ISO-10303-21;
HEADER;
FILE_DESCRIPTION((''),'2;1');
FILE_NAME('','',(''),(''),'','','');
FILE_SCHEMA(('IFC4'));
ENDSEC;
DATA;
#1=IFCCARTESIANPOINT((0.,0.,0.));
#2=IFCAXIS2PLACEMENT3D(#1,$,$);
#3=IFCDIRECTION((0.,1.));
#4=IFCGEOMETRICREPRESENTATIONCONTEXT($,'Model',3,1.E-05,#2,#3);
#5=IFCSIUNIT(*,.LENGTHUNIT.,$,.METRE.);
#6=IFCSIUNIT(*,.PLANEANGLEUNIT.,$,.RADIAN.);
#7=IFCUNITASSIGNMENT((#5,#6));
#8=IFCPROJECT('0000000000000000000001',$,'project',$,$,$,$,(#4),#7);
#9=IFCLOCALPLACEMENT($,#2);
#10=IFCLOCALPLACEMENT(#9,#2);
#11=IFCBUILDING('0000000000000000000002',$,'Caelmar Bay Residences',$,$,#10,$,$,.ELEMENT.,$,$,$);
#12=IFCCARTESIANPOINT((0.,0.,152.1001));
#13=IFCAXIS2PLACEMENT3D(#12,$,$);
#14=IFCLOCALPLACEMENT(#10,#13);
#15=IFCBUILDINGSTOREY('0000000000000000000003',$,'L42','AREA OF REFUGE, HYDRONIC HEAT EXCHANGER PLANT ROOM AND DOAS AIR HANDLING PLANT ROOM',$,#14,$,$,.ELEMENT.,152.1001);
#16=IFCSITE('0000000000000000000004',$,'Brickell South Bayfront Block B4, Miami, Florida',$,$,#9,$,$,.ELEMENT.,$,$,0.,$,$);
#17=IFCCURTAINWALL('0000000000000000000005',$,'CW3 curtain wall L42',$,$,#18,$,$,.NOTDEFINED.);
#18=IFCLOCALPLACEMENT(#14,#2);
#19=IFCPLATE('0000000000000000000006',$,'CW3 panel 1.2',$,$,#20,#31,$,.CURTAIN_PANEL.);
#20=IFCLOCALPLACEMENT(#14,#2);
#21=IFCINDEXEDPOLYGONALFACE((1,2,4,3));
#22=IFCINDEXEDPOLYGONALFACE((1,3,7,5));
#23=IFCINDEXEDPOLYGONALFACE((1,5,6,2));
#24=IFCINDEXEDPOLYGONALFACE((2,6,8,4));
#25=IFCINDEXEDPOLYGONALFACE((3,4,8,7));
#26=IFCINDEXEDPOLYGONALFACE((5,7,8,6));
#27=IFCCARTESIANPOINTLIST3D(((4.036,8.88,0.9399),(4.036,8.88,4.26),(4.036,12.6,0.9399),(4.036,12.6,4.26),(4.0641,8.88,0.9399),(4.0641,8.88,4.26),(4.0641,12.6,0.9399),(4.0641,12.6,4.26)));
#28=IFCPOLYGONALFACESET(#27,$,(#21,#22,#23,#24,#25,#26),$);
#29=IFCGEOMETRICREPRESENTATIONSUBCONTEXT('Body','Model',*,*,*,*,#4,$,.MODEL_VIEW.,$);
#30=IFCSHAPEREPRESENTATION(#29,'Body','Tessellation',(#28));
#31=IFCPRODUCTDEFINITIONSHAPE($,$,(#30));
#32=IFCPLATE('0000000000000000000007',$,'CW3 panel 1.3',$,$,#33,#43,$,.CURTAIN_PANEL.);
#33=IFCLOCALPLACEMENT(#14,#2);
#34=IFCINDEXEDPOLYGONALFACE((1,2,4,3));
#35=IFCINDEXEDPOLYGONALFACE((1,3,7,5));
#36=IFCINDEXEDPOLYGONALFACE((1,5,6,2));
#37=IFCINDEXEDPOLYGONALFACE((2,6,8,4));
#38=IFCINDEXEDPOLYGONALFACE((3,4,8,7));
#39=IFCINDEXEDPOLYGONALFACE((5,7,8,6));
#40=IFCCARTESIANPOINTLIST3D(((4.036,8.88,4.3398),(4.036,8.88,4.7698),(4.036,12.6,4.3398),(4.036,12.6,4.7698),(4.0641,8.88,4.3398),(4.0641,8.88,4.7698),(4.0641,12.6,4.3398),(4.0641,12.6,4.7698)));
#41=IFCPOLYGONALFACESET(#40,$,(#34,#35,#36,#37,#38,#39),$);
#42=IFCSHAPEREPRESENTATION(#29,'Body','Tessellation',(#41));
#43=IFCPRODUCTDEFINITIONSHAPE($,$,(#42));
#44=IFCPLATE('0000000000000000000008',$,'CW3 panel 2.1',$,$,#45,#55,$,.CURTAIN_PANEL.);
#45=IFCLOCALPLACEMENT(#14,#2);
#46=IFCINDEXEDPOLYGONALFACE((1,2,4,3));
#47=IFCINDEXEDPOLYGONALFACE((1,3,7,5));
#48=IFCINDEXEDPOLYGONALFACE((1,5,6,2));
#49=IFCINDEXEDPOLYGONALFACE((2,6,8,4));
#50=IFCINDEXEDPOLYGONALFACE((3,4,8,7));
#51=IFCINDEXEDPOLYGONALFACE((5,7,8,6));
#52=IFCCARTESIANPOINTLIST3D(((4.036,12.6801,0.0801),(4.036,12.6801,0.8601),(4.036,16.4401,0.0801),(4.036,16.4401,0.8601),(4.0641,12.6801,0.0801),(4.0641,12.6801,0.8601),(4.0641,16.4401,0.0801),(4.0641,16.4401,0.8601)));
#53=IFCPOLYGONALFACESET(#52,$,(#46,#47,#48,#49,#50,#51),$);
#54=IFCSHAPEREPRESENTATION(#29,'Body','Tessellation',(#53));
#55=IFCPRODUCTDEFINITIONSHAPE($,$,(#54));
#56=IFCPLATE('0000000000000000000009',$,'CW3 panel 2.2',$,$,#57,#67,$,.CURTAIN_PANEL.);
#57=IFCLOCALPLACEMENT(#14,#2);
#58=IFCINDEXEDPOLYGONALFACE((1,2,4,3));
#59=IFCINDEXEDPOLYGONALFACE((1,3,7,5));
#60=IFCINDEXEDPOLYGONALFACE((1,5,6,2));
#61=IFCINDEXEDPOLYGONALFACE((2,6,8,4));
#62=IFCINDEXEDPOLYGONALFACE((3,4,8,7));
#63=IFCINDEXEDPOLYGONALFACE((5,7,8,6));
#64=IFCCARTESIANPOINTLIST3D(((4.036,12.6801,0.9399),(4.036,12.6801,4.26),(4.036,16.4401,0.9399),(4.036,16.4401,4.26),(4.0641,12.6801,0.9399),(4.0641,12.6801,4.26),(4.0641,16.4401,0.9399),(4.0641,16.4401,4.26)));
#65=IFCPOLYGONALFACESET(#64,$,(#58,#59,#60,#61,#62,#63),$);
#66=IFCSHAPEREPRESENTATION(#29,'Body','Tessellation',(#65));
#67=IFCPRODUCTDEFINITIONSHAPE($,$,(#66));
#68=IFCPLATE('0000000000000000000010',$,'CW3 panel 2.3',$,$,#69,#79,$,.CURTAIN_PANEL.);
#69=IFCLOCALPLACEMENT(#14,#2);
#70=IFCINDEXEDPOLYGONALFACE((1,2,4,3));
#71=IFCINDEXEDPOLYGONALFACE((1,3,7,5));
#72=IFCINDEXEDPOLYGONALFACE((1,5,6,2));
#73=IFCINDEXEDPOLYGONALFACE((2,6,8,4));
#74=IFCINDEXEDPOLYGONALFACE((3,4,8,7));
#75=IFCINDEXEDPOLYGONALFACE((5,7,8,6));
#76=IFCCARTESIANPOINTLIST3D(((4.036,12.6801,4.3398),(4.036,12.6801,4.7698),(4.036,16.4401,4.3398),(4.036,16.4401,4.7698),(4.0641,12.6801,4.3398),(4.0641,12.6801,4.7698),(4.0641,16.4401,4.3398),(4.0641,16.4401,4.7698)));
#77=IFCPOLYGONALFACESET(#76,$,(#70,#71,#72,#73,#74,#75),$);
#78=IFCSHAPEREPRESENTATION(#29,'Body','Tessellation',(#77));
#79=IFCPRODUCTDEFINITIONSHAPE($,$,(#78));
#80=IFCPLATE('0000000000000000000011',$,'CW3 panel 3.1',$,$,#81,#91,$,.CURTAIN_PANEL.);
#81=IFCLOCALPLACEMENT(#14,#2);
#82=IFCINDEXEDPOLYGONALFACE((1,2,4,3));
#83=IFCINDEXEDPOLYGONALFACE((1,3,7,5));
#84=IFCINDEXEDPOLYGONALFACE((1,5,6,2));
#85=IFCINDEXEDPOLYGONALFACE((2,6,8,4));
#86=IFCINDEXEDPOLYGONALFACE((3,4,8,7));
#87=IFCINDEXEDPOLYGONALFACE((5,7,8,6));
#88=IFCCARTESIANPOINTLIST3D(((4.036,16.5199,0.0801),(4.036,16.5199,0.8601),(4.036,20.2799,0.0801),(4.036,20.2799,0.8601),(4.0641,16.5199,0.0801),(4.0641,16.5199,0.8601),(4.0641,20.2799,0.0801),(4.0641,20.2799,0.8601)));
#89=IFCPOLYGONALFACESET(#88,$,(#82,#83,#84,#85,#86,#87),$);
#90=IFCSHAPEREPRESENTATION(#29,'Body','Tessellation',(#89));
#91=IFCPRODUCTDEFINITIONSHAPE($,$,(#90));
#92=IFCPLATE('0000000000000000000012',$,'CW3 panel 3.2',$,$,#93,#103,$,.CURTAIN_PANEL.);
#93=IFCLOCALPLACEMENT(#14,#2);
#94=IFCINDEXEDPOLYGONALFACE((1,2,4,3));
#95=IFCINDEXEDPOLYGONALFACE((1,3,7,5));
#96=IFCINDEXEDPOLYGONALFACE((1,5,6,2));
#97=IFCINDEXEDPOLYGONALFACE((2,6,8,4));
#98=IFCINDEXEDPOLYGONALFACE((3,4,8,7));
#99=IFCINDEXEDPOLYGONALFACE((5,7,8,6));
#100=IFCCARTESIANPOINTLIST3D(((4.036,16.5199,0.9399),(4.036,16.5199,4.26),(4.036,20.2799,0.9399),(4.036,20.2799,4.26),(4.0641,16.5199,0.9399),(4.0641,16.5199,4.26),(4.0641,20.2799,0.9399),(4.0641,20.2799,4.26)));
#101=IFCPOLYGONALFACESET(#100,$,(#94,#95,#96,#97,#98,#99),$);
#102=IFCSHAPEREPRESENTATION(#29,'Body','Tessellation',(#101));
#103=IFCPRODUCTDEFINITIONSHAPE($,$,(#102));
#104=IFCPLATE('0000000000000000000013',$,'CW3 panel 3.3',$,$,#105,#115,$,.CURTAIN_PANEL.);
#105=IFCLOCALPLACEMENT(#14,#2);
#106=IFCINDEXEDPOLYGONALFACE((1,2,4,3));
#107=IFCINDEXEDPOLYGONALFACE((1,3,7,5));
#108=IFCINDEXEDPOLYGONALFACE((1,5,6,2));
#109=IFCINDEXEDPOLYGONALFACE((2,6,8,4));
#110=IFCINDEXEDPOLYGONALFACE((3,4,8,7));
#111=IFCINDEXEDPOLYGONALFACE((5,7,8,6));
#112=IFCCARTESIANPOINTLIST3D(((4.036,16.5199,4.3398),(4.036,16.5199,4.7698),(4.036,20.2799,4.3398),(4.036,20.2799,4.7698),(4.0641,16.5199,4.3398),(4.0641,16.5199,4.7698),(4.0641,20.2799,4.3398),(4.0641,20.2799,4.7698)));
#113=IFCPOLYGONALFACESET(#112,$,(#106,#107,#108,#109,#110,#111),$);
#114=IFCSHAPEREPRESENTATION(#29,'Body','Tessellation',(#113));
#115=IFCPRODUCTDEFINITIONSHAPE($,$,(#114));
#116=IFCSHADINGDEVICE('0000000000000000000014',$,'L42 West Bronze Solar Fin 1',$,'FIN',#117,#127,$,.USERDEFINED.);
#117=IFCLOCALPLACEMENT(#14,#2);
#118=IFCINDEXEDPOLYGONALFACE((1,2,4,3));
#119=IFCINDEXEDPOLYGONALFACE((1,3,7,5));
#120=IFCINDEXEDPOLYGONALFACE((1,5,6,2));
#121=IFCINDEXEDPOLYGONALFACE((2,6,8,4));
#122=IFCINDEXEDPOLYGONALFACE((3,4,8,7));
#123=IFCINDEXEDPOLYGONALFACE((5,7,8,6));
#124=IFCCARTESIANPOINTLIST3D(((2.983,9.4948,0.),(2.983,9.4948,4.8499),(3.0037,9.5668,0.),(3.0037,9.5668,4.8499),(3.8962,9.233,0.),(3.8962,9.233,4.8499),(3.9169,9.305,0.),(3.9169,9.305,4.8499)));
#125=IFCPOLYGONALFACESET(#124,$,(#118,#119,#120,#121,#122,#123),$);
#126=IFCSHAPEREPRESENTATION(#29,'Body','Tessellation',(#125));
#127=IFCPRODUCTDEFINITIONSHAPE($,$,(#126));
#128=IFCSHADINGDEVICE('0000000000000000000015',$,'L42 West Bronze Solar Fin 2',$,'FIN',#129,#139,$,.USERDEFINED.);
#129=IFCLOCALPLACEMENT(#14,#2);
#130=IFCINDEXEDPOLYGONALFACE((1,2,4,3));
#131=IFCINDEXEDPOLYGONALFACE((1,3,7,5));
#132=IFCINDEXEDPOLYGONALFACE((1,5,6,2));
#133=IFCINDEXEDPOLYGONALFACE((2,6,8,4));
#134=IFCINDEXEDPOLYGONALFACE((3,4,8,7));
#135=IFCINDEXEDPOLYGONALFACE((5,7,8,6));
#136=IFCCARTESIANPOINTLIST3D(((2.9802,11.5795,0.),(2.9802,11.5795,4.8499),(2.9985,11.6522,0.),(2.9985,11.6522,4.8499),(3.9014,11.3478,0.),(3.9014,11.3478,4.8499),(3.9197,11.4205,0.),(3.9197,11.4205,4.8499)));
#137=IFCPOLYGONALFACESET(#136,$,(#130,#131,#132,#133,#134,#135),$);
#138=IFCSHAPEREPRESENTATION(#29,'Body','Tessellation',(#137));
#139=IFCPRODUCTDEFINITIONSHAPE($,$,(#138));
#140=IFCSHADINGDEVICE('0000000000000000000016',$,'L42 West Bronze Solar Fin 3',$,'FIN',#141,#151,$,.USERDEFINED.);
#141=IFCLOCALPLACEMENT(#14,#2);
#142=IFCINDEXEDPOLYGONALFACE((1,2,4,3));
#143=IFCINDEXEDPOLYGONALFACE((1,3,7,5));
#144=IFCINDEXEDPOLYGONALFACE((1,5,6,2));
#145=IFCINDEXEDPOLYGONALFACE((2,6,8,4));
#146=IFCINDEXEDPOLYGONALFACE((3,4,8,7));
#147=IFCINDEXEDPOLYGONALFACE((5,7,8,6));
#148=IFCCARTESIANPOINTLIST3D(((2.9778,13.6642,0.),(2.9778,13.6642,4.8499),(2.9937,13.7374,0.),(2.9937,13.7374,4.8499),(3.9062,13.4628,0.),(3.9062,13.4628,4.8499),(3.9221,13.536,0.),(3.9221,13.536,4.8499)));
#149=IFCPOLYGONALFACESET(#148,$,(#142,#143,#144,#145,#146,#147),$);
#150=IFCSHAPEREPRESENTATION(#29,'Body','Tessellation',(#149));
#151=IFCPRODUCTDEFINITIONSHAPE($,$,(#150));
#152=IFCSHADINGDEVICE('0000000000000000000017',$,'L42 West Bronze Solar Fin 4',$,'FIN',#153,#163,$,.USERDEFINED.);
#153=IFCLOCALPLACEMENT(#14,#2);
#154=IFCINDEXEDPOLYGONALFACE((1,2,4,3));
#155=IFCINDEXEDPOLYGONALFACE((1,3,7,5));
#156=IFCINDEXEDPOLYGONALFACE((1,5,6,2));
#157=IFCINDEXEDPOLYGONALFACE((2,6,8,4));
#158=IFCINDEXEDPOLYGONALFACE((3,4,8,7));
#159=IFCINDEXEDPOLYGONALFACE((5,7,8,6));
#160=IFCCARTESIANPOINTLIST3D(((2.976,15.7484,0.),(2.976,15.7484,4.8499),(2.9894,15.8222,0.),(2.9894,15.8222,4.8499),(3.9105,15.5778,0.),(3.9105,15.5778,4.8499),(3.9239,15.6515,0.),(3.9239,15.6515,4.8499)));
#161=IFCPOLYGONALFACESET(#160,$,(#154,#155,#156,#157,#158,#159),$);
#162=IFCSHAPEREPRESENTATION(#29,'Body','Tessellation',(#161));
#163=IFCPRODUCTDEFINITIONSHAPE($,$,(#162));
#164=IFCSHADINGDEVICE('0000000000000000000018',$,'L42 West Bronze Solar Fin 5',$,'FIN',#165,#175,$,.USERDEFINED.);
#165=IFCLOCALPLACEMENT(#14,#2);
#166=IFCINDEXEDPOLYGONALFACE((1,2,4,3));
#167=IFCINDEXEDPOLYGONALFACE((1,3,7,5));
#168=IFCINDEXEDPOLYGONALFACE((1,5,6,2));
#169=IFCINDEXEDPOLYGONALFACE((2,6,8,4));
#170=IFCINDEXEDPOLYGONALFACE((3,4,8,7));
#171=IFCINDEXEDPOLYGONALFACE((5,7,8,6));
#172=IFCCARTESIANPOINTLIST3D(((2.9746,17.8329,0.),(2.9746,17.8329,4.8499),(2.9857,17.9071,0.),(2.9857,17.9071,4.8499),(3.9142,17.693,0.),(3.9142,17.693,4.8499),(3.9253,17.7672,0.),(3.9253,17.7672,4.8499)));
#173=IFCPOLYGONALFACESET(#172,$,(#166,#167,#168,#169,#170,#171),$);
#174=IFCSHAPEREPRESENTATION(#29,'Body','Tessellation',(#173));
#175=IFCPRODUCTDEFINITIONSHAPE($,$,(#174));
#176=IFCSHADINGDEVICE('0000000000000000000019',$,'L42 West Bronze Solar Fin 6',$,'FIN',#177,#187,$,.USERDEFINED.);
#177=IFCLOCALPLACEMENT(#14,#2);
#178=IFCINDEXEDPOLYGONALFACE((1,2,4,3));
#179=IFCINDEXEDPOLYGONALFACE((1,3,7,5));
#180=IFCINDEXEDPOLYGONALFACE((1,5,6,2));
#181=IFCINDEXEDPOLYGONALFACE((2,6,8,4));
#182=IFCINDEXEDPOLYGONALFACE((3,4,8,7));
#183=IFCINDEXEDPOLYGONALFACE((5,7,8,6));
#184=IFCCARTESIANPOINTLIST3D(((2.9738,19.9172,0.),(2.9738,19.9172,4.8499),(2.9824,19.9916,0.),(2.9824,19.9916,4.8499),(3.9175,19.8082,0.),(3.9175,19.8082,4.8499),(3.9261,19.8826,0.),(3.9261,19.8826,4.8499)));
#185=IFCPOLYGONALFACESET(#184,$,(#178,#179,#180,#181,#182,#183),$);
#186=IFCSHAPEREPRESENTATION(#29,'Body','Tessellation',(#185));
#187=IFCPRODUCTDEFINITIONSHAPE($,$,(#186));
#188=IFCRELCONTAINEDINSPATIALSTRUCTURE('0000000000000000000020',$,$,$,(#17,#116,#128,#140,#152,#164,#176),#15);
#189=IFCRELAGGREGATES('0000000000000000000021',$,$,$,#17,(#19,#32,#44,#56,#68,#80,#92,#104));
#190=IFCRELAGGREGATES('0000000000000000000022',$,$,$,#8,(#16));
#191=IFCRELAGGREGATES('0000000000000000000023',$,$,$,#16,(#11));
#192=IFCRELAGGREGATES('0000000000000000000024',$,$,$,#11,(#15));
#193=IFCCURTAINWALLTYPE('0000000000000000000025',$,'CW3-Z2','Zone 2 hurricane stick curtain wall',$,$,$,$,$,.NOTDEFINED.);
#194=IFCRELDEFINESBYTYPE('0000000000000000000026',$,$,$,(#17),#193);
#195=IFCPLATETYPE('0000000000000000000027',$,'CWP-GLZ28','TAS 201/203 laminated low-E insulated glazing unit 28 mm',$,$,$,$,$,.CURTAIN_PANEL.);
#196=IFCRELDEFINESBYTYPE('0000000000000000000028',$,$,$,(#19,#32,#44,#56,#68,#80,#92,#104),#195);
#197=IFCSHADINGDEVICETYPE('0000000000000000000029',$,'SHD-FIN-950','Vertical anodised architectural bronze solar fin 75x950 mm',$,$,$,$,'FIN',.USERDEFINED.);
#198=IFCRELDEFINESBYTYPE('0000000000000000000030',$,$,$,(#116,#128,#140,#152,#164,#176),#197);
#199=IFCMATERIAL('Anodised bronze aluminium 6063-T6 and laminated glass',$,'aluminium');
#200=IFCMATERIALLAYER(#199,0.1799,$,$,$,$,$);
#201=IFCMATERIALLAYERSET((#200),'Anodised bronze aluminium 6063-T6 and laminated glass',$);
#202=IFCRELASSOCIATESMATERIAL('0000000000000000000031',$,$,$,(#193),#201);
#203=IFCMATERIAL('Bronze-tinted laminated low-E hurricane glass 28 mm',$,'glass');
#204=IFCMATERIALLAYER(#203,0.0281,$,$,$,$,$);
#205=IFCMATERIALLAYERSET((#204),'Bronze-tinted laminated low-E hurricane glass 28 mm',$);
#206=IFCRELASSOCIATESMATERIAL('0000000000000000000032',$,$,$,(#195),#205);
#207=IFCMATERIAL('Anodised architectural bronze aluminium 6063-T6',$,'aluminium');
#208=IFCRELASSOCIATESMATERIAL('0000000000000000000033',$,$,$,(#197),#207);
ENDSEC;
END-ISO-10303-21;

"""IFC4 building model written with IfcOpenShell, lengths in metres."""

from ifc_helpers import new_model, si_unit, direction, frame, origin, origin_2d, place, context, subcontext, project, spatial, rectangle, extrude, material, layer, layer_set, material_profile, profile_set, type_object, element, aggregate, save


model = new_model("IFC4")

# Units and contexts
model_context = context("Model", 3, precision=1e-05, world=origin(), true_north=direction((0.0, 1.0)))
body_context = subcontext(model_context, "Body", "Model", "MODEL_VIEW")
ifc_project = project(units=[si_unit("LENGTHUNIT", "METRE"), si_unit("PLANEANGLEUNIT", "RADIAN")], contexts=[model_context])

# Site, building, storey
site_placement = place(None, origin())
site = spatial("IfcSite", under=ifc_project, at=site_placement, Name="Brickell South Bayfront Block B4, Miami, Florida", CompositionType="ELEMENT", RefElevation=0.0)
building_placement = place(site_placement, origin())
building = spatial("IfcBuilding", under=site, at=building_placement, Name="Caelmar Bay Residences", CompositionType="ELEMENT")
storey_placement = place(building_placement, frame((0.0, 0.0, 152.1001)))
storey = spatial("IfcBuildingStorey", under=building, at=storey_placement, Name="L42", Description="AREA OF REFUGE, HYDRONIC HEAT EXCHANGER PLANT ROOM AND DOAS AIR HANDLING PLANT ROOM", CompositionType="ELEMENT", Elevation=152.1001)

# Curtain wall, plates
ifc_material_1 = material(Name="Anodised bronze aluminium 6063-T6 and laminated glass", Category="aluminium")
ifc_layer_1 = layer(ifc_material_1, 0.1799)
ifc_layer_set_1 = layer_set([ifc_layer_1], Name="Anodised bronze aluminium 6063-T6 and laminated glass")
curtain_wall_type = type_object("IfcCurtainWallType", Name="CW3-Z2", Description="Zone 2 hurricane stick curtain wall", PredefinedType="NOTDEFINED", material=ifc_layer_set_1)
curtain_wall_placement = place(storey_placement, origin())
curtain_wall = element("IfcCurtainWall", 1, at=curtain_wall_placement, inside=storey, type_object=curtain_wall_type, Name="CW3 curtain wall L42", PredefinedType="NOTDEFINED")
ifc_material_2 = material(Name="Bronze-tinted laminated low-E hurricane glass 28 mm", Category="glass")
ifc_layer_2 = layer(ifc_material_2, 0.0281)
ifc_layer_set_2 = layer_set([ifc_layer_2], Name="Bronze-tinted laminated low-E hurricane glass 28 mm")
plate_type = type_object("IfcPlateType", Name="CWP-GLZ28", Description="TAS 201/203 laminated low-E insulated glazing unit 28 mm", PredefinedType="CURTAIN_PANEL", material=ifc_layer_set_2)
plate_1_placement = place(storey_placement, frame((4.05, 10.74, 0.9399), z_axis=(0.0, 0.0, 1.0), x_axis=(0.0, 1.0, 0.0)))
plate_1 = element("IfcPlate", 2, at=plate_1_placement, type_object=plate_type, Name="CW3 panel 1.2", PredefinedType="CURTAIN_PANEL", context=body_context, shape_type="SweptSolid", body=[
    extrude(rectangle(XDim=3.72, YDim=0.0281, at=origin_2d()), origin(), (0.0, 0.0, 1.0), 3.3201),
])
plate_2_placement = place(storey_placement, frame((4.05, 10.74, 4.3398), z_axis=(0.0, 0.0, 1.0), x_axis=(0.0, 1.0, 0.0)))
plate_2 = element("IfcPlate", 3, at=plate_2_placement, type_object=plate_type, Name="CW3 panel 1.3", PredefinedType="CURTAIN_PANEL", context=body_context, shape_type="SweptSolid", body=[
    extrude(rectangle(XDim=3.72, YDim=0.0281, at=origin_2d()), origin(), (0.0, 0.0, 1.0), 0.4299),
])
plate_3_placement = place(storey_placement, frame((4.05, 14.5601, 0.0801), z_axis=(0.0, 0.0, 1.0), x_axis=(0.0, 1.0, 0.0)))
plate_3 = element("IfcPlate", 4, at=plate_3_placement, type_object=plate_type, Name="CW3 panel 2.1", PredefinedType="CURTAIN_PANEL", context=body_context, shape_type="SweptSolid", body=[
    extrude(rectangle(XDim=3.76, YDim=0.0281, at=origin_2d()), origin(), (0.0, 0.0, 1.0), 0.78),
])
plate_4_placement = place(storey_placement, frame((4.05, 14.5601, 0.9399), z_axis=(0.0, 0.0, 1.0), x_axis=(0.0, 1.0, 0.0)))
plate_4 = element("IfcPlate", 5, at=plate_4_placement, type_object=plate_type, Name="CW3 panel 2.2", PredefinedType="CURTAIN_PANEL", context=body_context, shape_type="SweptSolid", body=[
    extrude(rectangle(XDim=3.76, YDim=0.0281, at=origin_2d()), origin(), (0.0, 0.0, 1.0), 3.3201),
])
plate_5_placement = place(storey_placement, frame((4.05, 14.5601, 4.3398), z_axis=(0.0, 0.0, 1.0), x_axis=(0.0, 1.0, 0.0)))
plate_5 = element("IfcPlate", 6, at=plate_5_placement, type_object=plate_type, Name="CW3 panel 2.3", PredefinedType="CURTAIN_PANEL", context=body_context, shape_type="SweptSolid", body=[
    extrude(rectangle(XDim=3.76, YDim=0.0281, at=origin_2d()), origin(), (0.0, 0.0, 1.0), 0.4299),
])
plate_6_placement = place(storey_placement, frame((4.05, 18.3999, 0.0801), z_axis=(0.0, 0.0, 1.0), x_axis=(0.0, 1.0, 0.0)))
plate_6 = element("IfcPlate", 7, at=plate_6_placement, type_object=plate_type, Name="CW3 panel 3.1", PredefinedType="CURTAIN_PANEL", context=body_context, shape_type="SweptSolid", body=[
    extrude(rectangle(XDim=3.76, YDim=0.0281, at=origin_2d()), origin(), (0.0, 0.0, 1.0), 0.78),
])
plate_7_placement = place(storey_placement, frame((4.05, 18.3999, 0.9399), z_axis=(0.0, 0.0, 1.0), x_axis=(0.0, 1.0, 0.0)))
plate_7 = element("IfcPlate", 8, at=plate_7_placement, type_object=plate_type, Name="CW3 panel 3.2", PredefinedType="CURTAIN_PANEL", context=body_context, shape_type="SweptSolid", body=[
    extrude(rectangle(XDim=3.76, YDim=0.0281, at=origin_2d()), origin(), (0.0, 0.0, 1.0), 3.3201),
])
plate_8_placement = place(storey_placement, frame((4.05, 18.3999, 4.3398), z_axis=(0.0, 0.0, 1.0), x_axis=(0.0, 1.0, 0.0)))
plate_8 = element("IfcPlate", 9, at=plate_8_placement, type_object=plate_type, Name="CW3 panel 3.3", PredefinedType="CURTAIN_PANEL", context=body_context, shape_type="SweptSolid", body=[
    extrude(rectangle(XDim=3.76, YDim=0.0281, at=origin_2d()), origin(), (0.0, 0.0, 1.0), 0.4299),
])
aggregate(curtain_wall, [plate_1, plate_2, plate_3, plate_4, plate_5, plate_6, plate_7, plate_8])

# Shading devices
ifc_material_3 = material(Name="Anodised architectural bronze aluminium 6063-T6", Category="aluminium")
ifc_material_profile_1 = material_profile(ifc_material_3, rectangle(XDim=0.075, YDim=0.95, at=origin_2d()), Name="BRONZE-FIN-75X950")
ifc_profile_set_1 = profile_set([ifc_material_profile_1], Name="Anodised architectural bronze aluminium 6063-T6")
shading_device_type = type_object("IfcShadingDeviceType", Name="SHD-FIN-950", Description="Vertical anodised architectural bronze solar fin 75x950 mm", ElementType="FIN", PredefinedType="USERDEFINED", material=ifc_profile_set_1)
for number, where, z_axis, x_axis, name in (
    (10, (3.45, 9.3999, 0.0), (0.0, 0.0, 1.0), (0.275637, 0.961262, 0.0), "L42 West Bronze Solar Fin 1"),
    (11, (3.45, 11.5, 0.0), (0.0, 0.0, 1.0), (0.243954, 0.969787, 0.0), "L42 West Bronze Solar Fin 2"),
    (12, (3.45, 13.6001, 0.0), (0.0, 0.0, 1.0), (0.212007, 0.977268, 0.0), "L42 West Bronze Solar Fin 3"),
    (13, (3.45, 15.7, 0.0), (0.0, 0.0, 1.0), (0.179661, 0.983729, 0.0), "L42 West Bronze Solar Fin 4"),
    (14, (3.45, 17.8, 0.0), (0.0, 0.0, 1.0), (0.147292, 0.989093, 0.0), "L42 West Bronze Solar Fin 5"),
    (15, (3.45, 19.8999, 0.0), (0.0, 0.0, 1.0), (0.114764, 0.993393, 0.0), "L42 West Bronze Solar Fin 6"),
):
    element("IfcShadingDevice", number, at=place(storey_placement, frame(where, z_axis=z_axis, x_axis=x_axis)), inside=storey, type_object=shading_device_type, Name=name, ObjectType="FIN", PredefinedType="USERDEFINED", context=body_context, shape_type="SweptSolid", body=[
        extrude(rectangle(XDim=0.075, YDim=0.95, at=origin_2d()), origin(), (0.0, 0.0, 1.0), 4.8499),
    ])

save(model, "model.ifc")
